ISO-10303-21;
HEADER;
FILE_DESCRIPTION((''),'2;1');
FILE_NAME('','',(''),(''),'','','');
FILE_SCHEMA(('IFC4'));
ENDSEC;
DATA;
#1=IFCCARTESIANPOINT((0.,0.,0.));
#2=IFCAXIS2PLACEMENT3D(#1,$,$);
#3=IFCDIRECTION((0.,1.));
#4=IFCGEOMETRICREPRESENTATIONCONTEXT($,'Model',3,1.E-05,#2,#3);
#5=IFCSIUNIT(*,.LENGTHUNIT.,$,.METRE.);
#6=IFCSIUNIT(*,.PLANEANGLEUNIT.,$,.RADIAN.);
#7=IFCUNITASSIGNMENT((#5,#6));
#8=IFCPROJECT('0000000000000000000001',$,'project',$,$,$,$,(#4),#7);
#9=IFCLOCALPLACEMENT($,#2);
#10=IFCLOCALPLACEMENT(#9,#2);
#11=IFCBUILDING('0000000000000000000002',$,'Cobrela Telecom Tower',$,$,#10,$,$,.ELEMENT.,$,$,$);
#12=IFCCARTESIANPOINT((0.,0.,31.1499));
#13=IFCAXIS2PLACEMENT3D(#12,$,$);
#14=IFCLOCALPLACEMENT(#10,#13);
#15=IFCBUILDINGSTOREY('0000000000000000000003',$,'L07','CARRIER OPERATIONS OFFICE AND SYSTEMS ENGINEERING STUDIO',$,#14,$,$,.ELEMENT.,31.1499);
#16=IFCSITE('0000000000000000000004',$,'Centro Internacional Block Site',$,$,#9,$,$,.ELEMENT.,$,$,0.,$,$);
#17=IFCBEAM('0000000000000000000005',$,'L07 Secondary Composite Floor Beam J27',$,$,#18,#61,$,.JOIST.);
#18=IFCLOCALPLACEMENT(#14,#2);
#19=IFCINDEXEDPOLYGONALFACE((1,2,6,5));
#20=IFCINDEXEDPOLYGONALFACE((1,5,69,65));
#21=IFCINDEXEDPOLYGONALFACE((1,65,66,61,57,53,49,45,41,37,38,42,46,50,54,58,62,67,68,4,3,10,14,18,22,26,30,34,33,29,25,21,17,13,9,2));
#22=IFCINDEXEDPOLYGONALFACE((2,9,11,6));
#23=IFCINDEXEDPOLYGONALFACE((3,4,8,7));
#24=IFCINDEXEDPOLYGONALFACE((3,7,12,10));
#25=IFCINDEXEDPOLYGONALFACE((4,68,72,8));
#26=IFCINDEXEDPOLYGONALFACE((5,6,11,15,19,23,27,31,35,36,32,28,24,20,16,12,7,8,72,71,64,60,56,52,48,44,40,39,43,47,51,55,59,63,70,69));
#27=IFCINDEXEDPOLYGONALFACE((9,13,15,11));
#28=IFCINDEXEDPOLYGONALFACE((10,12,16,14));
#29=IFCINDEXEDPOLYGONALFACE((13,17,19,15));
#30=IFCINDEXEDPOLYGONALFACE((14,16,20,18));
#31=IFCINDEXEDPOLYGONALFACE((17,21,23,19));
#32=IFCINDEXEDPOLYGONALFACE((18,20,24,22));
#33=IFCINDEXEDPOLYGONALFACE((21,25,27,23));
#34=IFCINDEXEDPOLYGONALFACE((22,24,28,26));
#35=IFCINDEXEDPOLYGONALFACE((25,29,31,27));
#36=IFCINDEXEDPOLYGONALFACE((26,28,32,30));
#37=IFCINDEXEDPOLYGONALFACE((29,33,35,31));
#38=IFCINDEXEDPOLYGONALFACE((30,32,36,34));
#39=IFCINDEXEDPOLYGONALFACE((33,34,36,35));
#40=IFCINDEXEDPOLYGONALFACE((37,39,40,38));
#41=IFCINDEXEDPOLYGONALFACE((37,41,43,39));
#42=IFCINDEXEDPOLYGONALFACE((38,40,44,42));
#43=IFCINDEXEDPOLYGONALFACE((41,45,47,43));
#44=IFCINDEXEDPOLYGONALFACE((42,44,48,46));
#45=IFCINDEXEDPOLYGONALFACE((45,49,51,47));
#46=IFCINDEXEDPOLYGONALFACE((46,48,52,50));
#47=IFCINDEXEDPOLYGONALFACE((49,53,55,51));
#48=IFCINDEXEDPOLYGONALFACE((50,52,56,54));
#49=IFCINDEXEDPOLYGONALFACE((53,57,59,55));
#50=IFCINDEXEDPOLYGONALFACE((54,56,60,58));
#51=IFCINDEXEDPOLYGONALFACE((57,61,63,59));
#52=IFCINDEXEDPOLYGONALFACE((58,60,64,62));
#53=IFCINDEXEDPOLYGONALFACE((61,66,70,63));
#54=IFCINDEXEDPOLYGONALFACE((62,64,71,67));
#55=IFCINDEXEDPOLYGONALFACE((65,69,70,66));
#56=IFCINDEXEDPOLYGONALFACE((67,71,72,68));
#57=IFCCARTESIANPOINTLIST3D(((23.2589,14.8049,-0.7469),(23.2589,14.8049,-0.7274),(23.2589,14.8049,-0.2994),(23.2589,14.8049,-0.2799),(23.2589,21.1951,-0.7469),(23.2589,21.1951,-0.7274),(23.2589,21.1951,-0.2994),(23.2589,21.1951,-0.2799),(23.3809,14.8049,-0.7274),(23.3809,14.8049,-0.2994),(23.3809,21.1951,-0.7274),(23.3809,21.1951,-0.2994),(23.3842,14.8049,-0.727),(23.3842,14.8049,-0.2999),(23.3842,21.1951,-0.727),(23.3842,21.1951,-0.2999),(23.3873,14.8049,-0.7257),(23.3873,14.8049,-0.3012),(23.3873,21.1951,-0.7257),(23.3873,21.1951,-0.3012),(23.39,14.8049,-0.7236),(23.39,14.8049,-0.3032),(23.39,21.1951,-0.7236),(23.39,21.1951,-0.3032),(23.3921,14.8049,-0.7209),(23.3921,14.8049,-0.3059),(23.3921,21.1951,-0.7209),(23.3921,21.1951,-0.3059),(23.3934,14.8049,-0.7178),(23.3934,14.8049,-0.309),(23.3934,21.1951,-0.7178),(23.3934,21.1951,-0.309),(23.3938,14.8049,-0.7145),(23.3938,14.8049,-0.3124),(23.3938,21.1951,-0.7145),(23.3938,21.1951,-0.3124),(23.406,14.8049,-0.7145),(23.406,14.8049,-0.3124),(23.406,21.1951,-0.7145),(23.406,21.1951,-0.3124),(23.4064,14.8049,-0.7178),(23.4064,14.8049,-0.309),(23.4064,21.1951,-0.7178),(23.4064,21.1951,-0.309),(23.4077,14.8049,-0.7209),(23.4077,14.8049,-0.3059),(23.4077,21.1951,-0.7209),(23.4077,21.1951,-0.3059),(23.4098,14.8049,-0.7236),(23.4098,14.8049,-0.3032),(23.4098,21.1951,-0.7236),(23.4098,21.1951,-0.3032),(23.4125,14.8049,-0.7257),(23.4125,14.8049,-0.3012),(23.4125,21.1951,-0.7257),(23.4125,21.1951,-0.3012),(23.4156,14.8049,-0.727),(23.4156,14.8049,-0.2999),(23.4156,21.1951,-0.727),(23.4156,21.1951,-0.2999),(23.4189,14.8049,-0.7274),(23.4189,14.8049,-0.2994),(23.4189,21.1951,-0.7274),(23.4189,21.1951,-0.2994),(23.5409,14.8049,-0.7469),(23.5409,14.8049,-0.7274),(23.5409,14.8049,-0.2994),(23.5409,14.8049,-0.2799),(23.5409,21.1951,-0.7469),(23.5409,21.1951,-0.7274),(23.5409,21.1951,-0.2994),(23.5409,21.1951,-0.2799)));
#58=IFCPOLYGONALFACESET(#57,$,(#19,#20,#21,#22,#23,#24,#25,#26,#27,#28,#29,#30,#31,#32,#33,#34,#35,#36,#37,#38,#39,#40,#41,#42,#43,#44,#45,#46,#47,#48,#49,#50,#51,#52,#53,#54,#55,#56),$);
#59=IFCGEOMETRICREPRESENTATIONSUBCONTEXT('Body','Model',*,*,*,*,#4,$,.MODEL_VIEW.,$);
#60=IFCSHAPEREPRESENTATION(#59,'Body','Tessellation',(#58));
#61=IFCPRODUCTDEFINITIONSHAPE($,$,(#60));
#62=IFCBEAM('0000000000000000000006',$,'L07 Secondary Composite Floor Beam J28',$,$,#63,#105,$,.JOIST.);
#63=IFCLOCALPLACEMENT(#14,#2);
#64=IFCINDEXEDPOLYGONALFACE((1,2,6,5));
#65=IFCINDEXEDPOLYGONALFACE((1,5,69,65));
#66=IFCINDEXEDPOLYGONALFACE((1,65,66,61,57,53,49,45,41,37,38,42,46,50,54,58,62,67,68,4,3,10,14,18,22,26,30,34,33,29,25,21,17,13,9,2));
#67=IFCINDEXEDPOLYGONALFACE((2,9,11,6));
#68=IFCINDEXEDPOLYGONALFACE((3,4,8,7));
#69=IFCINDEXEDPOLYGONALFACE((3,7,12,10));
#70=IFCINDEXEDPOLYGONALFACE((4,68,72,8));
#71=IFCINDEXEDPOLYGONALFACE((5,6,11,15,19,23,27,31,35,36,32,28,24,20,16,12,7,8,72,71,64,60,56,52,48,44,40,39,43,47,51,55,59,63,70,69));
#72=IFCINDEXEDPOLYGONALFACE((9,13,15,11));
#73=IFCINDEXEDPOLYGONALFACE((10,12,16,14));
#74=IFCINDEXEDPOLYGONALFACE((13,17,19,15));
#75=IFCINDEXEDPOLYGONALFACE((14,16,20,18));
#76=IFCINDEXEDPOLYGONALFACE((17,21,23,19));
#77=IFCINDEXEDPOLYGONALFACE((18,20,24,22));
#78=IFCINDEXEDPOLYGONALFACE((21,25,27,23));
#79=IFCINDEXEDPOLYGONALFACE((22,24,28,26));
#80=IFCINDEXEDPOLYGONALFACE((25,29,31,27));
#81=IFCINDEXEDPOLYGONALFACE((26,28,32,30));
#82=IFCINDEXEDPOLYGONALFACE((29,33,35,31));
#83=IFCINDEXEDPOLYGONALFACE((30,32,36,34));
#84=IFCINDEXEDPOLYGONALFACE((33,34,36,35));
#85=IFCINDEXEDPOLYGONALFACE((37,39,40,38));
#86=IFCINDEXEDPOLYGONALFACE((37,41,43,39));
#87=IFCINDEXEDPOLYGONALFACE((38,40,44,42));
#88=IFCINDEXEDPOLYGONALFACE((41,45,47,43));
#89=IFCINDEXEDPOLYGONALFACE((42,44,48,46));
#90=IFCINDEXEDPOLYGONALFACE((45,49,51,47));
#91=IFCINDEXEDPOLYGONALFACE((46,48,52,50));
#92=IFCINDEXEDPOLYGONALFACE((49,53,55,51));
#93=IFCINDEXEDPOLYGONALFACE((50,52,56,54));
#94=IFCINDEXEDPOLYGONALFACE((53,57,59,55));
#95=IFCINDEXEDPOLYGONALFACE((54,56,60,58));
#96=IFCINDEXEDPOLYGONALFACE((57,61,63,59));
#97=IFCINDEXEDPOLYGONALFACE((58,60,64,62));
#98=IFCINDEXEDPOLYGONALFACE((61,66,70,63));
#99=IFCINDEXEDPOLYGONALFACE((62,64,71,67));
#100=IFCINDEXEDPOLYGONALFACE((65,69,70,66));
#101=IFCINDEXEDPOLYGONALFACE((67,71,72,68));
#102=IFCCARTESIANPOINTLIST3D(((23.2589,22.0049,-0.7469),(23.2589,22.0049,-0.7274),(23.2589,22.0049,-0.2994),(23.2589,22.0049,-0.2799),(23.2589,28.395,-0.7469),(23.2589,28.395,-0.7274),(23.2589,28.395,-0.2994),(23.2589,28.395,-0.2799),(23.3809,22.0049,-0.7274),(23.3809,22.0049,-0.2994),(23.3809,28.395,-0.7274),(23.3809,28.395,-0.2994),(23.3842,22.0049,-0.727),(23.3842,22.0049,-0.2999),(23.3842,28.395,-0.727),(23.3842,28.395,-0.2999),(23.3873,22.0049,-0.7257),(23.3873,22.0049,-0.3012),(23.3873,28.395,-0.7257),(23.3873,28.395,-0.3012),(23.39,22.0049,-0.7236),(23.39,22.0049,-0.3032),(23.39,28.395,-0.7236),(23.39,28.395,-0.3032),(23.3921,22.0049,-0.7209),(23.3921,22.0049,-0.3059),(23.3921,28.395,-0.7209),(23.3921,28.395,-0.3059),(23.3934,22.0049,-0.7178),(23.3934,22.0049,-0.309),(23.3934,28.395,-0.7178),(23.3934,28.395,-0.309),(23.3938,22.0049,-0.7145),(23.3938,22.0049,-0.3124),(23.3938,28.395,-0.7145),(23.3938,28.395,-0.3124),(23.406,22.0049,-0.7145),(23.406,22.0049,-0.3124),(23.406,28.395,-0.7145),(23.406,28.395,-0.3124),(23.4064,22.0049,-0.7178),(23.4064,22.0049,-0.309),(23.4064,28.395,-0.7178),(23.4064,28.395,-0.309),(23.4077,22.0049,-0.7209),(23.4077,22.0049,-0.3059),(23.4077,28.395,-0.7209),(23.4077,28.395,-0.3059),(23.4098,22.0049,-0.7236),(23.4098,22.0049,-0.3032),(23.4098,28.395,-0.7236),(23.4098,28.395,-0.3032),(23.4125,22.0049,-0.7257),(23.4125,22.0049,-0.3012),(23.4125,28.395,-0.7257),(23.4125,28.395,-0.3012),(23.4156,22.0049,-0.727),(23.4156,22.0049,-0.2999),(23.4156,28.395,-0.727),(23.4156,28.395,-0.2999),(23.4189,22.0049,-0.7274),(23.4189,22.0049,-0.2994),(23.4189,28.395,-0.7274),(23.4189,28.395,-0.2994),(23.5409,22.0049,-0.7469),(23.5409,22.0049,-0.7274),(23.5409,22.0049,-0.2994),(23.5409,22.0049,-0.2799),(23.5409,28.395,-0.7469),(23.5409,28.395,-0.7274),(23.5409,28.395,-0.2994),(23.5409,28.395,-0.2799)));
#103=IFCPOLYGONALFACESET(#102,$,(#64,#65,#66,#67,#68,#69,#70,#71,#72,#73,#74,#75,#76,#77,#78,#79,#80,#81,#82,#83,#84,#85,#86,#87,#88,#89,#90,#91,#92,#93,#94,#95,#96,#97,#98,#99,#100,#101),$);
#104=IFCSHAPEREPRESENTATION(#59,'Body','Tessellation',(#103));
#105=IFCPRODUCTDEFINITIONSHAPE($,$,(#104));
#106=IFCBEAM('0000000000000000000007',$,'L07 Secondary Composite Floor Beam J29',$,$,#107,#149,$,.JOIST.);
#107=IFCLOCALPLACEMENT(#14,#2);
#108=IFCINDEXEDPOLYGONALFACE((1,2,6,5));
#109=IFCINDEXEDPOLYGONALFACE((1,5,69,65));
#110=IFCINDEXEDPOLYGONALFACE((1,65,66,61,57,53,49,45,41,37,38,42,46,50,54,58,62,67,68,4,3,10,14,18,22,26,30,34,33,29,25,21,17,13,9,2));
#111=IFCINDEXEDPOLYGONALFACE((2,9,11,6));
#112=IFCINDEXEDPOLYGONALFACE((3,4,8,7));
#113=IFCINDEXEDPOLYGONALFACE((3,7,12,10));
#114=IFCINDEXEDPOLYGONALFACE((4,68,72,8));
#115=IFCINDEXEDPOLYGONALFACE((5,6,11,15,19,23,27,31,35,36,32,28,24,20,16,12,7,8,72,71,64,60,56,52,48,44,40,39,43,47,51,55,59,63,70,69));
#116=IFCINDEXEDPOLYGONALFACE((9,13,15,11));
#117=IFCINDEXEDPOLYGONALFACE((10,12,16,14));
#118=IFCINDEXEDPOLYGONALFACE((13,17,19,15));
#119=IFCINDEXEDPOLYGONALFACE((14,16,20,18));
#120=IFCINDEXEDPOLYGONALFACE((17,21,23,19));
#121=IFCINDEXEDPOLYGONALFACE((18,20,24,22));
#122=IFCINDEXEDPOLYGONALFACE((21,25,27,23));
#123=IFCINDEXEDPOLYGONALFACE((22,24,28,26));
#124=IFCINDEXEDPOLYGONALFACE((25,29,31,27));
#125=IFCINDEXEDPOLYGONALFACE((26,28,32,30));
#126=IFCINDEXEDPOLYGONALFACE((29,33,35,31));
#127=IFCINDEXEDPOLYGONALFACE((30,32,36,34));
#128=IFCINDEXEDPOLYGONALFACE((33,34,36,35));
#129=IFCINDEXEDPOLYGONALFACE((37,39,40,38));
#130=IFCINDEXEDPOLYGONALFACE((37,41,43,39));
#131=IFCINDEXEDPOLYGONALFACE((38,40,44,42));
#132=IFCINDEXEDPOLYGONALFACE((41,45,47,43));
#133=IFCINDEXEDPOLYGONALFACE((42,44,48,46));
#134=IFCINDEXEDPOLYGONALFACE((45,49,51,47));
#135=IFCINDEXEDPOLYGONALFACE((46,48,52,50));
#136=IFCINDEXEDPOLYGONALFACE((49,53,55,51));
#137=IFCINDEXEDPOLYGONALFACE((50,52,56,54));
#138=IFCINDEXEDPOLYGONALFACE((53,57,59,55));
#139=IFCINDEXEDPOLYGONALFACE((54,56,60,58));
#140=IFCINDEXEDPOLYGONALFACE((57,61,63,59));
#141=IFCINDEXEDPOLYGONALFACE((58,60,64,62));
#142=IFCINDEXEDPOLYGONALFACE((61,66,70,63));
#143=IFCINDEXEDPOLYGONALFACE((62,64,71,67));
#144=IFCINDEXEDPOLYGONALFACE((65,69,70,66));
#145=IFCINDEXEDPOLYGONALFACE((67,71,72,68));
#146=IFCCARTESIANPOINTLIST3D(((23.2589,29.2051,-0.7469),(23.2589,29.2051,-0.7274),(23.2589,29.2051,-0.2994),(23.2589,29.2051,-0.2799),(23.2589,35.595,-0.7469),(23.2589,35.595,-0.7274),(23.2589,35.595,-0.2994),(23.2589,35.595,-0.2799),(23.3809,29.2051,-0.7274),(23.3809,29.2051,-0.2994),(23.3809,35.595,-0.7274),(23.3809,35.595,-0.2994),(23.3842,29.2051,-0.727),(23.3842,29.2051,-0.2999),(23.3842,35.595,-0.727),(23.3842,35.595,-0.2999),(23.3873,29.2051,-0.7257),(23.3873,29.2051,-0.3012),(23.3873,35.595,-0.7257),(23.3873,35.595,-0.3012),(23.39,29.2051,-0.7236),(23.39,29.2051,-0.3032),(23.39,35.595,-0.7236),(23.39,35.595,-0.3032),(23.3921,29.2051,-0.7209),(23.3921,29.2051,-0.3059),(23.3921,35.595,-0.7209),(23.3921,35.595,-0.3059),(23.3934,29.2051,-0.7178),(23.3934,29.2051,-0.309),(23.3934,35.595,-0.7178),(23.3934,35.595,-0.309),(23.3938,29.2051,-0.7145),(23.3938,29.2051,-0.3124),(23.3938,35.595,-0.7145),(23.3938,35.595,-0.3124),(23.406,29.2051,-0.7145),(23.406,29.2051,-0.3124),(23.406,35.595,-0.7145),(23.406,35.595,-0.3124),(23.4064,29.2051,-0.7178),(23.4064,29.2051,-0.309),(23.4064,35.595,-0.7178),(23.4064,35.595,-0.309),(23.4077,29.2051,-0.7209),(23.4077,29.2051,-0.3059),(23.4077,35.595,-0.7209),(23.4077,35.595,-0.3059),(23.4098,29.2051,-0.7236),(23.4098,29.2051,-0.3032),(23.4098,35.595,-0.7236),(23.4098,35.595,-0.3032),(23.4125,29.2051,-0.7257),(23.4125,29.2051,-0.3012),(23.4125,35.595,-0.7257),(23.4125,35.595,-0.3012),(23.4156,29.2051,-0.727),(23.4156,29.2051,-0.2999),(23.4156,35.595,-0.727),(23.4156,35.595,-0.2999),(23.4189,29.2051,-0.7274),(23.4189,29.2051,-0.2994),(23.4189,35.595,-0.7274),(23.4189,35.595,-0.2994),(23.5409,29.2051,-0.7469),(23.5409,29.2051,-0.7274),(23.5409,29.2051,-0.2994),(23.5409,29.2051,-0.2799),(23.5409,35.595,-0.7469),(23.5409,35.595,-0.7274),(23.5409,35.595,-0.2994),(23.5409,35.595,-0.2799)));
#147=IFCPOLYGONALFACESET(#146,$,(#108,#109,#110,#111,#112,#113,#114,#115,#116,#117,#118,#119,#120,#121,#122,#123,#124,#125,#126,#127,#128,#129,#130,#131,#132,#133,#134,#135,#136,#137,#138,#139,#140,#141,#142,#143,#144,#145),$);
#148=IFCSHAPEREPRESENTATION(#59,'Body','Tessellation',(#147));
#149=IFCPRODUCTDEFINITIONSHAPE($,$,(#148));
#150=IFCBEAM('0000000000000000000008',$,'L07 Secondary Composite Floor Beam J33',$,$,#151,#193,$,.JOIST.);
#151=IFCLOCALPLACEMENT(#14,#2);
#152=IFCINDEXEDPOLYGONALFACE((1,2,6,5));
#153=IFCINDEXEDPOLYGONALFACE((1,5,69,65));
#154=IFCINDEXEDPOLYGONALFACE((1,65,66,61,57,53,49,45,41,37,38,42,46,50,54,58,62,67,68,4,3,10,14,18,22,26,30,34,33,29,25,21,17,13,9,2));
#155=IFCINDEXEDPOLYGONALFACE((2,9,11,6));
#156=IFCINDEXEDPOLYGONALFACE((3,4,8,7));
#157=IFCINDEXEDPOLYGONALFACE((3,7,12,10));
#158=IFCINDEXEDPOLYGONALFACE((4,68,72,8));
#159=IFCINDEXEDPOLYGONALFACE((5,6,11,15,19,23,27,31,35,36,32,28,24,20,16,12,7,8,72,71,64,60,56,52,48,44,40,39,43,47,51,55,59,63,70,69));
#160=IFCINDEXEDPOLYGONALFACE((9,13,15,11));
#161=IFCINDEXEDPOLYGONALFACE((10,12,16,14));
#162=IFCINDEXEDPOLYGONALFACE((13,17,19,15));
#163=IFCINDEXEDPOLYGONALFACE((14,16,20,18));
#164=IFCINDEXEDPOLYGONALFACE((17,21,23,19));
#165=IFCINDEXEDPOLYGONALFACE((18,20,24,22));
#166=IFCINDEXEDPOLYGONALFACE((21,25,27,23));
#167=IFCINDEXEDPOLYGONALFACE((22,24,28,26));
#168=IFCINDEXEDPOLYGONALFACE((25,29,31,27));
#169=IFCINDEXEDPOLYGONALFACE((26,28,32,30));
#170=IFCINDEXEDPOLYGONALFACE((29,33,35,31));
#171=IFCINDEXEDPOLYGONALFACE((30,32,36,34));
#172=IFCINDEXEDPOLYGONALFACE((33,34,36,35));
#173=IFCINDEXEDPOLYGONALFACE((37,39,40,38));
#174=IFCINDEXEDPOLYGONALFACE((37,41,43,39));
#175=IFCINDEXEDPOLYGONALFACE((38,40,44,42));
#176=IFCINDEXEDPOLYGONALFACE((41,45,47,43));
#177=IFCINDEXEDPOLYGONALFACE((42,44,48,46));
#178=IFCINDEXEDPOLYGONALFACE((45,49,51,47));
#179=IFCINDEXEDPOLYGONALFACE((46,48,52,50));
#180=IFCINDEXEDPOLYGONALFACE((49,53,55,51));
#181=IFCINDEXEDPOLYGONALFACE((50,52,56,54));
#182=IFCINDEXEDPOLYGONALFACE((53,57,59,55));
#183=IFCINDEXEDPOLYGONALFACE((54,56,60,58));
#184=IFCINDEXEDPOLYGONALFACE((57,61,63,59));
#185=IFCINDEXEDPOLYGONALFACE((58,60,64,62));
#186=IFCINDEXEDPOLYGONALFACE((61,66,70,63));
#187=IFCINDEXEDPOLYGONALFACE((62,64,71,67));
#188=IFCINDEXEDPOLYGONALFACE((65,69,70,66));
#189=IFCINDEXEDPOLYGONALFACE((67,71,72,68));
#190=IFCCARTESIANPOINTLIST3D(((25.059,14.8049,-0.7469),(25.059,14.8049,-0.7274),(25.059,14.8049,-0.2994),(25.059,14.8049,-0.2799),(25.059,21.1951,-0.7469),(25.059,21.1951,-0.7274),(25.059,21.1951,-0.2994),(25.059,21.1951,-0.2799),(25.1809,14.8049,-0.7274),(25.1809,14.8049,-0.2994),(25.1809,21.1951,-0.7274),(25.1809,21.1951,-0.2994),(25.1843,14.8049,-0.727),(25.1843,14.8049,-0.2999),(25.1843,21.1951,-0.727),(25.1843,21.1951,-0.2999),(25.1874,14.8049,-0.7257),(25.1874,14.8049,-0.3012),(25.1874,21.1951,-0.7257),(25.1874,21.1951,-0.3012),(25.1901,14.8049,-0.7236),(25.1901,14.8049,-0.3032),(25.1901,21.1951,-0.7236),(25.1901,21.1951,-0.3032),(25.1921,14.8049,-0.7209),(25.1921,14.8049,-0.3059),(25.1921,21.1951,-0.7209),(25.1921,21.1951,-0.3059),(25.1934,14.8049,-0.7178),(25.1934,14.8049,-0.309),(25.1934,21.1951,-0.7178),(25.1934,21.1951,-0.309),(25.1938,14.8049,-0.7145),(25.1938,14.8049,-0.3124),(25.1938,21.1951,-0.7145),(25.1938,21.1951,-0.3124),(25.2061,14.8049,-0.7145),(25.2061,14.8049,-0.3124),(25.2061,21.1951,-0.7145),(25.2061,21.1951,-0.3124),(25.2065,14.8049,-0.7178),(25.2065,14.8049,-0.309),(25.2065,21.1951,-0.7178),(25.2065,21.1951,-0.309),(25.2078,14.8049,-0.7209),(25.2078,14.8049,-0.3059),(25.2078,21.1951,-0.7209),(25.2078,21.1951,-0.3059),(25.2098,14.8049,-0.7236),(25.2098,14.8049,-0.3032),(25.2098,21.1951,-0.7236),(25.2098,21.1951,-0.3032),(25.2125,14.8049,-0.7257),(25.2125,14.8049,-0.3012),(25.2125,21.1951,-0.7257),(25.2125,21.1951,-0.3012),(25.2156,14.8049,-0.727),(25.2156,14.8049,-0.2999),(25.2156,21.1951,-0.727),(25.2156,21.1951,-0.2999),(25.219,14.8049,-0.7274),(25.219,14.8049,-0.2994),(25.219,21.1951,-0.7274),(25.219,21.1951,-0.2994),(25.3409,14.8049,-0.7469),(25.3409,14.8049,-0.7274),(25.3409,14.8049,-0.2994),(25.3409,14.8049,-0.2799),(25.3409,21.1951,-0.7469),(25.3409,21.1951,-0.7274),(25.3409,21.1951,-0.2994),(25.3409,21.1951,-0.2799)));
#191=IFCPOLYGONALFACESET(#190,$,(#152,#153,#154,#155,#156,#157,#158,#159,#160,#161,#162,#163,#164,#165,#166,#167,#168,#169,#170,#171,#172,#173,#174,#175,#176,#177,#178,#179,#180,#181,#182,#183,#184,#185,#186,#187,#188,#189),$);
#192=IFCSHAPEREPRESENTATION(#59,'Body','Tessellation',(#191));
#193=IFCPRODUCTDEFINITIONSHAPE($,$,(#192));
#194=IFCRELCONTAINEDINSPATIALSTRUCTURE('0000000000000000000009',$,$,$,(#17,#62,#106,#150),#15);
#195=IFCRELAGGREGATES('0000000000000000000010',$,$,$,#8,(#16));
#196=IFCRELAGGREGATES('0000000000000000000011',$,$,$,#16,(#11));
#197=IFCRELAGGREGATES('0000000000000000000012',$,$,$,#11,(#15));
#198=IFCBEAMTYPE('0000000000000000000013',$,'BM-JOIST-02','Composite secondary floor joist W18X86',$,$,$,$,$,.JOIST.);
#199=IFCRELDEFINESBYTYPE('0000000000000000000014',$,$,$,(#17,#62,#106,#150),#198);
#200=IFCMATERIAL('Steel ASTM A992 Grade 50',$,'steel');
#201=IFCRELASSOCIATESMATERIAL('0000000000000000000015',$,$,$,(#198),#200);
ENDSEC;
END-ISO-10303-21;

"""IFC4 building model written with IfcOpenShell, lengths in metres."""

from ifc_helpers import new_model, si_unit, direction, frame, origin, origin_2d, place, context, subcontext, project, spatial, i_section, extrude, material, material_profile, profile_set, type_object, element, save


model = new_model("IFC4")

# Units and contexts
model_context = context("Model", 3, precision=1e-05, world=origin(), true_north=direction((0.0, 1.0)))
body_context = subcontext(model_context, "Body", "Model", "MODEL_VIEW")
ifc_project = project(units=[si_unit("LENGTHUNIT", "METRE"), si_unit("PLANEANGLEUNIT", "RADIAN")], contexts=[model_context])

# Site, building, storey
site_placement = place(None, origin())
site = spatial("IfcSite", under=ifc_project, at=site_placement, Name="Centro Internacional Block Site", CompositionType="ELEMENT", RefElevation=0.0)
building_placement = place(site_placement, origin())
building = spatial("IfcBuilding", under=site, at=building_placement, Name="Cobrela Telecom Tower", CompositionType="ELEMENT")
storey_placement = place(building_placement, frame((0.0, 0.0, 31.1499)))
storey = spatial("IfcBuildingStorey", under=building, at=storey_placement, Name="L07", Description="CARRIER OPERATIONS OFFICE AND SYSTEMS ENGINEERING STUDIO", CompositionType="ELEMENT", Elevation=31.1499)

# Shared definitions
ifc_material_1 = material(Name="Steel ASTM A992 Grade 50", Category="steel")

# Beams
ifc_material_profile_1 = material_profile(ifc_material_1, i_section(OverallWidth=0.282, OverallDepth=0.467, WebThickness=0.0122, FlangeThickness=0.0195, FilletRadius=0.0129, at=origin_2d()), Name="W18X86")
ifc_profile_set_1 = profile_set([ifc_material_profile_1], Name="Steel ASTM A992 Grade 50")
beam_type = type_object("IfcBeamType", Name="BM-JOIST-02", Description="Composite secondary floor joist W18X86", PredefinedType="JOIST", material=ifc_profile_set_1)
for number, where, z_axis, x_axis, name in (
    (1, (23.3999, 14.8049, -0.5134), (0.0, 1.0, 0.0), (-1.0, 0.0, 0.0), "L07 Secondary Composite Floor Beam J27"),
    (2, (23.3999, 22.0049, -0.5134), (0.0, 1.0, 0.0), (-1.0, 0.0, 0.0), "L07 Secondary Composite Floor Beam J28"),
):
    element("IfcBeam", number, at=place(storey_placement, frame(where, z_axis=z_axis, x_axis=x_axis)), inside=storey, type_object=beam_type, Name=name, PredefinedType="JOIST", context=body_context, shape_type="SweptSolid", body=[
        extrude(i_section(OverallWidth=0.282, OverallDepth=0.467, WebThickness=0.0122, FlangeThickness=0.0195, FilletRadius=0.0129, at=origin_2d()), origin(), (0.0, 0.0, 1.0), 6.3901),
    ])
beam_1_placement = place(storey_placement, frame((23.3999, 29.2051, -0.5134), z_axis=(0.0, 1.0, 0.0), x_axis=(-1.0, 0.0, 0.0)))
element("IfcBeam", 3, at=beam_1_placement, inside=storey, type_object=beam_type, Name="L07 Secondary Composite Floor Beam J29", PredefinedType="JOIST", context=body_context, shape_type="SweptSolid", body=[
    extrude(i_section(OverallWidth=0.282, OverallDepth=0.467, WebThickness=0.0122, FlangeThickness=0.0195, FilletRadius=0.0129, at=origin_2d()), origin(), (0.0, 0.0, 1.0), 6.3899),
])
for number, where, z_axis, x_axis, name in (
    (4, (25.2, 14.8049, -0.5134), (0.0, 1.0, 0.0), (-1.0, 0.0, 0.0), "L07 Secondary Composite Floor Beam J33"),
):
    element("IfcBeam", number, at=place(storey_placement, frame(where, z_axis=z_axis, x_axis=x_axis)), inside=storey, type_object=beam_type, Name=name, PredefinedType="JOIST", context=body_context, shape_type="SweptSolid", body=[
        extrude(i_section(OverallWidth=0.282, OverallDepth=0.467, WebThickness=0.0122, FlangeThickness=0.0195, FilletRadius=0.0129, at=origin_2d()), origin(), (0.0, 0.0, 1.0), 6.3901),
    ])

save(model, "model.ifc")
